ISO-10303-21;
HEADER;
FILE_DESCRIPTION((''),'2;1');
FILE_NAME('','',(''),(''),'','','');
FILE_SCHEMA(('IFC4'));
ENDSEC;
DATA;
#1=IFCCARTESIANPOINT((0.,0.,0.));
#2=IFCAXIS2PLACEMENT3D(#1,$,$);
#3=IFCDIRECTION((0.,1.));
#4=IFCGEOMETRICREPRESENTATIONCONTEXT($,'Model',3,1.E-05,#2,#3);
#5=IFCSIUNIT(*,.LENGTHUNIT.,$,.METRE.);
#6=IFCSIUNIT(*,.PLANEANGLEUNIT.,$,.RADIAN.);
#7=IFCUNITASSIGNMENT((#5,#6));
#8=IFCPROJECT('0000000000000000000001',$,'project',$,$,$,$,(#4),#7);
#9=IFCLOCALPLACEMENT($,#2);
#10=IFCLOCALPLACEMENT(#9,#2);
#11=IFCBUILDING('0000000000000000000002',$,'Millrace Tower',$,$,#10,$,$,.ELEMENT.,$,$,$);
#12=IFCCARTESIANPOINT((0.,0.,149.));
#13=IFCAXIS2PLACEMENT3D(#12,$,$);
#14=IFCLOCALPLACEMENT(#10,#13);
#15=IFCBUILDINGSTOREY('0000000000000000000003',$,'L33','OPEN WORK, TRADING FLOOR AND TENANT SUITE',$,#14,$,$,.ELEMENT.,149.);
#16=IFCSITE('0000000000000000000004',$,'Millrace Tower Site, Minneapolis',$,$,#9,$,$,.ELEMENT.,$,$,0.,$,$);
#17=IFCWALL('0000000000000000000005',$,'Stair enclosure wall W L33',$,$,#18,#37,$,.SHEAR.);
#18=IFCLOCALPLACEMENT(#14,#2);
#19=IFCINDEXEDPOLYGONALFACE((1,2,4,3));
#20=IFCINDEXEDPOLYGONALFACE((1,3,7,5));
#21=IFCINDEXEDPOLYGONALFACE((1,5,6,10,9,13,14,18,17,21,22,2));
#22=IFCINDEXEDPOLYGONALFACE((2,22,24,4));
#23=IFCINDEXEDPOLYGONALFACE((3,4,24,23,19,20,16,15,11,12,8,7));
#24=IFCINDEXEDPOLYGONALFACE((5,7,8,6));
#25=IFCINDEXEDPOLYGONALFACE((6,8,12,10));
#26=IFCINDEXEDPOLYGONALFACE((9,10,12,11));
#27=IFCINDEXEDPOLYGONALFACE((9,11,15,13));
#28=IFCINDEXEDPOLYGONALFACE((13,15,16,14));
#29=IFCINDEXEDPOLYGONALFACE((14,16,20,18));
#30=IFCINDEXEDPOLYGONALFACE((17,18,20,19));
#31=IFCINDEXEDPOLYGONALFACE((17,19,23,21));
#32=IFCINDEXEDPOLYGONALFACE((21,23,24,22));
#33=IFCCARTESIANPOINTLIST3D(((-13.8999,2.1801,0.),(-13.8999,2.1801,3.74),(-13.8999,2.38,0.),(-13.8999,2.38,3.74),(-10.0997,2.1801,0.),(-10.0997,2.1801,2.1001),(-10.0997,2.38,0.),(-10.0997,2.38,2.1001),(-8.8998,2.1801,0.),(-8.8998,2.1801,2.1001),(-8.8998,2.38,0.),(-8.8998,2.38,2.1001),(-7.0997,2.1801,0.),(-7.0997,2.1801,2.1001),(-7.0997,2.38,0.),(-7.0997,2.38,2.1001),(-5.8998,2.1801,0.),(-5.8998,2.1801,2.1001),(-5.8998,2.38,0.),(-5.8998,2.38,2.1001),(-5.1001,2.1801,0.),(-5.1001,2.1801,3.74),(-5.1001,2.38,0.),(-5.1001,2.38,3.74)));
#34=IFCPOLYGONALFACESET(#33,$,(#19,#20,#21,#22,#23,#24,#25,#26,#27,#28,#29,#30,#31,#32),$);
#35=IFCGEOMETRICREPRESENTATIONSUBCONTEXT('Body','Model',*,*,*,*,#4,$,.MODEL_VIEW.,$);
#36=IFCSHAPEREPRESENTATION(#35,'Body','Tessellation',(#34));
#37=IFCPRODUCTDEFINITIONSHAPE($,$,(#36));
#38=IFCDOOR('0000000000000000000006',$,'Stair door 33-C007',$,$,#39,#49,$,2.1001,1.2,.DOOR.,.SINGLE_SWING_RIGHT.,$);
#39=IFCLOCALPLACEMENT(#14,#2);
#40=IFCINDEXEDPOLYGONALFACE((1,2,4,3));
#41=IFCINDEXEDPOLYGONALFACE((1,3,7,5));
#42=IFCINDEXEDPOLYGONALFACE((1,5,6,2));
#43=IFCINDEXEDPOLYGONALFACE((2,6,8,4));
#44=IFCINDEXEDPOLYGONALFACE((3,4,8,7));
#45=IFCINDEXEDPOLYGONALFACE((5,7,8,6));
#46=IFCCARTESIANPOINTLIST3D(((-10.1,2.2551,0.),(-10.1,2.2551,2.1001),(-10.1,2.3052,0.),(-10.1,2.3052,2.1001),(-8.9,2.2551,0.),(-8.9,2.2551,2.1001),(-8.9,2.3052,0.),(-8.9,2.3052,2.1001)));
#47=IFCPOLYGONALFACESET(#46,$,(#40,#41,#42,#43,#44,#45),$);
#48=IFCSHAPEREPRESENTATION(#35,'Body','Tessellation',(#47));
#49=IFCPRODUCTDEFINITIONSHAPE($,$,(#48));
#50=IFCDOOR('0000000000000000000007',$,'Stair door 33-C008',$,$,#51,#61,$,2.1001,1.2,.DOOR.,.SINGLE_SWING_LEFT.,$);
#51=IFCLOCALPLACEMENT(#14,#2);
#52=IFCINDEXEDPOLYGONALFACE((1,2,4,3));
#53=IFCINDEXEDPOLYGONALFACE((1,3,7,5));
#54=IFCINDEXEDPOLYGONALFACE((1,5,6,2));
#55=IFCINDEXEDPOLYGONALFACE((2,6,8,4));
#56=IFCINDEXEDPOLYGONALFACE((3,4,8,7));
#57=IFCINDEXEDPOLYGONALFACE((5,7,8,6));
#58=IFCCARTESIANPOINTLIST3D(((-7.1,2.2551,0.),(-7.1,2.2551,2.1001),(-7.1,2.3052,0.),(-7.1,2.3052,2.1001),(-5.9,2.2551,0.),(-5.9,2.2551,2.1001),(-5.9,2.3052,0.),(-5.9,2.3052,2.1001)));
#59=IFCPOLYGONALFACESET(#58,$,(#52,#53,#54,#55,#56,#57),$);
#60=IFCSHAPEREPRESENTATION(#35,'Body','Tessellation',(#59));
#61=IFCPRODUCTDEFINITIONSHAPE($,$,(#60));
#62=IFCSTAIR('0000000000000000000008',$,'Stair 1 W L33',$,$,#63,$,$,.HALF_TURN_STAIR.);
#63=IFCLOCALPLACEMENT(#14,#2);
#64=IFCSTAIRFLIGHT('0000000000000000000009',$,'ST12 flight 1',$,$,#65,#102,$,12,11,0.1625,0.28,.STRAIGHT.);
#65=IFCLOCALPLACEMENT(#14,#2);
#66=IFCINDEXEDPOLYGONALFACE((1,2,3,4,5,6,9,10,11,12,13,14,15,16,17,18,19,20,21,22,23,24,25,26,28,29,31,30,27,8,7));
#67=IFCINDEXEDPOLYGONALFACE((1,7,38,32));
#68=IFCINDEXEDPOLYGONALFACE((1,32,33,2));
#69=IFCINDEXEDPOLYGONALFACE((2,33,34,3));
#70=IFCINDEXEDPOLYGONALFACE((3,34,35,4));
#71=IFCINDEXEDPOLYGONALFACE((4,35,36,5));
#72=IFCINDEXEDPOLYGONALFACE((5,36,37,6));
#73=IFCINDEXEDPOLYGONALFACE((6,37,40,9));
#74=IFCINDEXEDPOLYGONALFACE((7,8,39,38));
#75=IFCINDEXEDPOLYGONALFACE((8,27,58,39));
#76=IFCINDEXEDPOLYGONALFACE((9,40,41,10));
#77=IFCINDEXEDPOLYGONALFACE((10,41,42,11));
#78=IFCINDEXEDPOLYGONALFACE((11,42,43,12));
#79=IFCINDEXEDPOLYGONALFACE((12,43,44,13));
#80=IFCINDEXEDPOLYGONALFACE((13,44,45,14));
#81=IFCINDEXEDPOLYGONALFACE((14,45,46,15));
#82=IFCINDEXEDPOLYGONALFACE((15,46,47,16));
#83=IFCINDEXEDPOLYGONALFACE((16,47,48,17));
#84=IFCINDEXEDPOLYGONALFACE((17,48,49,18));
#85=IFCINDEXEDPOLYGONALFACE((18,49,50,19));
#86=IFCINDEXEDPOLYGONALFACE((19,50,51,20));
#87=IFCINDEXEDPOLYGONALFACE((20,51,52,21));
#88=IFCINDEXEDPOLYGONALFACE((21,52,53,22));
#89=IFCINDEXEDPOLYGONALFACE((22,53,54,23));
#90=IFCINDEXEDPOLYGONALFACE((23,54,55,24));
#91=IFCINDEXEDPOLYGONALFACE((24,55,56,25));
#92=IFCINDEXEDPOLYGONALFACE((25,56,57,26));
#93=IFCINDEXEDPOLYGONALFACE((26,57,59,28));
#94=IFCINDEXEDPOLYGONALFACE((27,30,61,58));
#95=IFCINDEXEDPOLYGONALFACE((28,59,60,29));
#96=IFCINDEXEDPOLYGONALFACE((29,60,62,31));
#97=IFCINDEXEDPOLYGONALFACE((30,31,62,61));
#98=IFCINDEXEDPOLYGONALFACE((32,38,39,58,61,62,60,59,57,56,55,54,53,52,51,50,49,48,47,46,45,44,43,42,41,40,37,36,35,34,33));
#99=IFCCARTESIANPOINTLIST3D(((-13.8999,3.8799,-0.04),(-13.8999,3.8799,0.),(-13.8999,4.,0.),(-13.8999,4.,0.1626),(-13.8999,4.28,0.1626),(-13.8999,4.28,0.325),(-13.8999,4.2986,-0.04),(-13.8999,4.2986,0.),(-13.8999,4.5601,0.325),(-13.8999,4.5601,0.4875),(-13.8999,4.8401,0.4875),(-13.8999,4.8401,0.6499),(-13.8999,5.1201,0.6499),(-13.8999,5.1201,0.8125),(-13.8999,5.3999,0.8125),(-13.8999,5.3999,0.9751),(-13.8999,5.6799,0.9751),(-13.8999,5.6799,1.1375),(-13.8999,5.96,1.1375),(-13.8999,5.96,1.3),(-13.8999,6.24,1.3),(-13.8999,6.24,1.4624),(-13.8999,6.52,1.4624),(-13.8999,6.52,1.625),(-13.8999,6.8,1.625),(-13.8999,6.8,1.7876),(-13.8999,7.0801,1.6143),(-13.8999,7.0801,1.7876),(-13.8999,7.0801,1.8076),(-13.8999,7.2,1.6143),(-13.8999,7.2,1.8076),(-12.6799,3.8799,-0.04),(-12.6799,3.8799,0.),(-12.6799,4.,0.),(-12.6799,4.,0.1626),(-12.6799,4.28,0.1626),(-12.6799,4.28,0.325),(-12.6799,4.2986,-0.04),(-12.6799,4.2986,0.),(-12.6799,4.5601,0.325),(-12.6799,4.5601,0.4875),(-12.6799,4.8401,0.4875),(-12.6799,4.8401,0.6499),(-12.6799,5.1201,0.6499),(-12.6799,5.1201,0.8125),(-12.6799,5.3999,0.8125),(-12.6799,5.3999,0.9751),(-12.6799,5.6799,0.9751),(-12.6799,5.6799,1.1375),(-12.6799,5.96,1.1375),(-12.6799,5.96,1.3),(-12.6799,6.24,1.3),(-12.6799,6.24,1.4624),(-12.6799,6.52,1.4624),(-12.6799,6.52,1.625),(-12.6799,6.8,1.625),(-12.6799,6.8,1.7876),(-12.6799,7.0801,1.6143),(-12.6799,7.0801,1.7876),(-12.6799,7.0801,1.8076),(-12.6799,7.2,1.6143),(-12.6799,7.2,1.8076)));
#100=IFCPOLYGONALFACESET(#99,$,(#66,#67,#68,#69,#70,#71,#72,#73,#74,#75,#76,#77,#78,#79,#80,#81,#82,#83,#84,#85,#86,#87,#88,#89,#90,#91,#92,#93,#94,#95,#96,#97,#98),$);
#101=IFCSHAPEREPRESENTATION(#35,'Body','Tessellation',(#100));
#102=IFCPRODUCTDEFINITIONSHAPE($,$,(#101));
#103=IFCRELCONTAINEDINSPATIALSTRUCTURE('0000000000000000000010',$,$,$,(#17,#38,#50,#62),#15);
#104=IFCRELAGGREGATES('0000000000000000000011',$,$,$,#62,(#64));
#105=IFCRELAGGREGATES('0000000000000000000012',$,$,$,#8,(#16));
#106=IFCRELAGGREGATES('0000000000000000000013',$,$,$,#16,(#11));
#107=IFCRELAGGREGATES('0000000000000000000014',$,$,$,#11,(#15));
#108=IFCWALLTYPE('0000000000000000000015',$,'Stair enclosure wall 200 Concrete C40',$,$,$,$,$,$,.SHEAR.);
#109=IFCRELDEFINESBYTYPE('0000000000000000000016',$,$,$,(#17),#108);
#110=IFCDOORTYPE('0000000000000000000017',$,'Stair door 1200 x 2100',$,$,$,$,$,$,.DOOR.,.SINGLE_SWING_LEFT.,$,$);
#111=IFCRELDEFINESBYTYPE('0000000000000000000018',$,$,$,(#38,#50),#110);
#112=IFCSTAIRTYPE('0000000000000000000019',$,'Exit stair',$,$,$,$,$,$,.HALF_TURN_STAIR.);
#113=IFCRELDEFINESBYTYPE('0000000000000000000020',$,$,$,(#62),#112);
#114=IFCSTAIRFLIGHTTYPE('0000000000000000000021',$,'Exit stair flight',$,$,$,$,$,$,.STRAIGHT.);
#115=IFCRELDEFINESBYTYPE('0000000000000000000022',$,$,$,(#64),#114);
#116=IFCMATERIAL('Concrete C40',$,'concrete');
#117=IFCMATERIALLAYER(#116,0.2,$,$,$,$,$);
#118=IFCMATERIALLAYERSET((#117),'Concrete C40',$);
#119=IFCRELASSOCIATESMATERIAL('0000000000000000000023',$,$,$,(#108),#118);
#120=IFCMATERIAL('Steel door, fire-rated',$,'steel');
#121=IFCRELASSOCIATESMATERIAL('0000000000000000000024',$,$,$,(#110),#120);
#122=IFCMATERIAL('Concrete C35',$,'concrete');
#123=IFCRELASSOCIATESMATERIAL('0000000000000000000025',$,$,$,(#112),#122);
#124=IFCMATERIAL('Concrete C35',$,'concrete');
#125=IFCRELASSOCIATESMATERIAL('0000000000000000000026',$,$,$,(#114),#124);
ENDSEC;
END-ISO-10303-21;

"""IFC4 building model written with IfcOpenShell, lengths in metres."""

from ifc_helpers import new_model, si_unit, direction, frame, frame_2d, origin, place, context, subcontext, project, spatial, polyline, rectangle, outline, extrude, material, layer, layer_set, type_object, element, fill, aggregate, save


model = new_model("IFC4")

# Units and contexts
model_context = context("Model", 3, precision=1e-05, world=origin(), true_north=direction((0.0, 1.0)))
body_context = subcontext(model_context, "Body", "Model", "MODEL_VIEW")
ifc_project = project(units=[si_unit("LENGTHUNIT", "METRE"), si_unit("PLANEANGLEUNIT", "RADIAN")], contexts=[model_context])

# Site, building, storey
site_placement = place(None, origin())
site = spatial("IfcSite", under=ifc_project, at=site_placement, Name="Millrace Tower Site, Minneapolis", CompositionType="ELEMENT", RefElevation=0.0)
building_placement = place(site_placement, origin())
building = spatial("IfcBuilding", under=site, at=building_placement, Name="Millrace Tower", CompositionType="ELEMENT")
storey_placement = place(building_placement, frame((0.0, 0.0, 149.0)))
storey = spatial("IfcBuildingStorey", under=building, at=storey_placement, Name="L33", Description="OPEN WORK, TRADING FLOOR AND TENANT SUITE", CompositionType="ELEMENT", Elevation=149.0)

# Shared definitions
placement = place(storey_placement, origin())

# Shared definitions
ifc_material_1 = material(Name="Concrete C40", Category="concrete")
ifc_layer_1 = layer(ifc_material_1, 0.2)
ifc_layer_set_1 = layer_set([ifc_layer_1], Name="Concrete C40")
wall_type_1 = type_object("IfcWallType", Name="Stair enclosure wall 200 Concrete C40", PredefinedType="SHEAR", material=ifc_layer_set_1)

# Wall, openings, doors
wall_1_placement = place(storey_placement, frame((-13.8999, 2.28, 0.0), z_axis=(0.0, 0.0, 1.0), x_axis=(1.0, 0.0, 0.0)))
wall_1 = element("IfcWall", 1, at=wall_1_placement, inside=storey, type_object=wall_type_1, Name="Stair enclosure wall W L33", PredefinedType="SHEAR", context=body_context, shape_type="SweptSolid", body=[
    extrude(rectangle(XDim=8.7998, YDim=0.2, at=frame_2d((4.3999, 0.0))), origin(), (0.0, 0.0, 1.0), 3.74),
])
opening_1_placement = place(wall_1_placement, frame((3.8, 0.0, 0.0)))
opening_1 = element("IfcOpeningElement", 2, at=opening_1_placement, cuts=wall_1, PredefinedType="OPENING", context=body_context, shape_type="SweptSolid", body=[
    extrude(rectangle(XDim=1.2, YDim=2.1001, at=frame_2d((0.6001, 1.05))), frame((0.0, 0.1099, 0.0), z_axis=(0.0, -1.0, 0.0), x_axis=(1.0, 0.0, 0.0)), (0.0, 0.0, 1.0), 0.22),
])
opening_2_placement = place(wall_1_placement, frame((6.8, 0.0, 0.0)))
opening_2 = element("IfcOpeningElement", 3, at=opening_2_placement, cuts=wall_1, PredefinedType="OPENING", context=body_context, shape_type="SweptSolid", body=[
    extrude(rectangle(XDim=1.2, YDim=2.1001, at=frame_2d((0.6001, 1.05))), frame((0.0, 0.1099, 0.0), z_axis=(0.0, -1.0, 0.0), x_axis=(1.0, 0.0, 0.0)), (0.0, 0.0, 1.0), 0.22),
])
ifc_material_2 = material(Name="Steel door, fire-rated", Category="steel")
door_type_1 = type_object("IfcDoorType", Name="Stair door 1200 x 2100", OperationType="SINGLE_SWING_LEFT", PredefinedType="DOOR", material=ifc_material_2)
door_1_placement = place(opening_1_placement, frame((1.2, 0.0, 0.0), z_axis=(0.0, 0.0, 1.0), x_axis=(-1.0, 0.0, 0.0)))
door_1 = element("IfcDoor", 4, at=door_1_placement, inside=storey, type_object=door_type_1, Name="Stair door 33-C007", OperationType="SINGLE_SWING_RIGHT", OverallHeight=2.1001, OverallWidth=1.2, PredefinedType="DOOR", context=body_context, shape_type="SweptSolid", body=[
    extrude(rectangle(XDim=1.2, YDim=2.1001, at=frame_2d((0.6001, 1.05))), frame((0.0, 0.0249, 0.0), z_axis=(0.0, -1.0, 0.0), x_axis=(1.0, 0.0, 0.0)), (0.0, 0.0, 1.0), 0.05),
])
fill(opening_1, door_1)
door_2_placement = place(opening_2_placement, frame((1.2, 0.0, 0.0), z_axis=(0.0, 0.0, 1.0), x_axis=(-1.0, 0.0, 0.0)))
door_2 = element("IfcDoor", 5, at=door_2_placement, inside=storey, type_object=door_type_1, Name="Stair door 33-C008", OperationType="SINGLE_SWING_LEFT", OverallHeight=2.1001, OverallWidth=1.2, PredefinedType="DOOR", context=body_context, shape_type="SweptSolid", body=[
    extrude(rectangle(XDim=1.2, YDim=2.1001, at=frame_2d((0.6001, 1.05))), frame((0.0, 0.0249, 0.0), z_axis=(0.0, -1.0, 0.0), x_axis=(1.0, 0.0, 0.0)), (0.0, 0.0, 1.0), 0.05),
])
fill(opening_2, door_2)

# Stair, stair flight
ifc_material_3 = material(Name="Concrete C35", Category="concrete")
stair_type = type_object("IfcStairType", Name="Exit stair", PredefinedType="HALF_TURN_STAIR", material=ifc_material_3)
stair = element("IfcStair", 6, at=placement, inside=storey, type_object=stair_type, Name="Stair 1 W L33", PredefinedType="HALF_TURN_STAIR")
ifc_material_4 = material(Name="Concrete C35", Category="concrete")
stair_flight_type = type_object("IfcStairFlightType", Name="Exit stair flight", PredefinedType="STRAIGHT", material=ifc_material_4)
stair_flight_placement = place(storey_placement, frame((-13.29, 4.0, 0.0), z_axis=(0.0, 0.0, 1.0), x_axis=(0.0, 1.0, 0.0)))
stair_flight = element("IfcStairFlight", 7, at=stair_flight_placement, type_object=stair_flight_type, Name="ST12 flight 1", NumberOfRisers=12, NumberOfTreads=11, PredefinedType="STRAIGHT", RiserHeight=0.1625, TreadLength=0.28, context=body_context, shape_type="SweptSolid", body=[
    extrude(outline(polyline([(-0.1201, -0.04), (-0.1201, 0.0), (0.0, 0.0), (0.0, 0.1626), (0.28, 0.1626), (0.28, 0.325), (0.5601, 0.325), (0.5601, 0.4875), (0.8401, 0.4875), (0.8401, 0.6499), (1.1201, 0.6499), (1.1201, 0.8125), (1.3999, 0.8125), (1.3999, 0.9751), (1.6799, 0.9751), (1.6799, 1.1375), (1.96, 1.1375), (1.96, 1.3), (2.24, 1.3), (2.24, 1.4624), (2.52, 1.4624), (2.52, 1.625), (2.8, 1.625), (2.8, 1.7876), (3.0801, 1.7876), (3.0801, 1.8076), (3.2, 1.8076), (3.2, 1.6143), (3.0801, 1.6143), (0.2986, 0.0), (0.2986, -0.04), (-0.1201, -0.04)])), frame((0.0, 0.6099, 0.0), z_axis=(0.0, -1.0, 0.0), x_axis=(1.0, 0.0, 0.0)), (0.0, 0.0, 1.0), 1.22),
])
aggregate(stair, [stair_flight])

save(model, "model.ifc")
